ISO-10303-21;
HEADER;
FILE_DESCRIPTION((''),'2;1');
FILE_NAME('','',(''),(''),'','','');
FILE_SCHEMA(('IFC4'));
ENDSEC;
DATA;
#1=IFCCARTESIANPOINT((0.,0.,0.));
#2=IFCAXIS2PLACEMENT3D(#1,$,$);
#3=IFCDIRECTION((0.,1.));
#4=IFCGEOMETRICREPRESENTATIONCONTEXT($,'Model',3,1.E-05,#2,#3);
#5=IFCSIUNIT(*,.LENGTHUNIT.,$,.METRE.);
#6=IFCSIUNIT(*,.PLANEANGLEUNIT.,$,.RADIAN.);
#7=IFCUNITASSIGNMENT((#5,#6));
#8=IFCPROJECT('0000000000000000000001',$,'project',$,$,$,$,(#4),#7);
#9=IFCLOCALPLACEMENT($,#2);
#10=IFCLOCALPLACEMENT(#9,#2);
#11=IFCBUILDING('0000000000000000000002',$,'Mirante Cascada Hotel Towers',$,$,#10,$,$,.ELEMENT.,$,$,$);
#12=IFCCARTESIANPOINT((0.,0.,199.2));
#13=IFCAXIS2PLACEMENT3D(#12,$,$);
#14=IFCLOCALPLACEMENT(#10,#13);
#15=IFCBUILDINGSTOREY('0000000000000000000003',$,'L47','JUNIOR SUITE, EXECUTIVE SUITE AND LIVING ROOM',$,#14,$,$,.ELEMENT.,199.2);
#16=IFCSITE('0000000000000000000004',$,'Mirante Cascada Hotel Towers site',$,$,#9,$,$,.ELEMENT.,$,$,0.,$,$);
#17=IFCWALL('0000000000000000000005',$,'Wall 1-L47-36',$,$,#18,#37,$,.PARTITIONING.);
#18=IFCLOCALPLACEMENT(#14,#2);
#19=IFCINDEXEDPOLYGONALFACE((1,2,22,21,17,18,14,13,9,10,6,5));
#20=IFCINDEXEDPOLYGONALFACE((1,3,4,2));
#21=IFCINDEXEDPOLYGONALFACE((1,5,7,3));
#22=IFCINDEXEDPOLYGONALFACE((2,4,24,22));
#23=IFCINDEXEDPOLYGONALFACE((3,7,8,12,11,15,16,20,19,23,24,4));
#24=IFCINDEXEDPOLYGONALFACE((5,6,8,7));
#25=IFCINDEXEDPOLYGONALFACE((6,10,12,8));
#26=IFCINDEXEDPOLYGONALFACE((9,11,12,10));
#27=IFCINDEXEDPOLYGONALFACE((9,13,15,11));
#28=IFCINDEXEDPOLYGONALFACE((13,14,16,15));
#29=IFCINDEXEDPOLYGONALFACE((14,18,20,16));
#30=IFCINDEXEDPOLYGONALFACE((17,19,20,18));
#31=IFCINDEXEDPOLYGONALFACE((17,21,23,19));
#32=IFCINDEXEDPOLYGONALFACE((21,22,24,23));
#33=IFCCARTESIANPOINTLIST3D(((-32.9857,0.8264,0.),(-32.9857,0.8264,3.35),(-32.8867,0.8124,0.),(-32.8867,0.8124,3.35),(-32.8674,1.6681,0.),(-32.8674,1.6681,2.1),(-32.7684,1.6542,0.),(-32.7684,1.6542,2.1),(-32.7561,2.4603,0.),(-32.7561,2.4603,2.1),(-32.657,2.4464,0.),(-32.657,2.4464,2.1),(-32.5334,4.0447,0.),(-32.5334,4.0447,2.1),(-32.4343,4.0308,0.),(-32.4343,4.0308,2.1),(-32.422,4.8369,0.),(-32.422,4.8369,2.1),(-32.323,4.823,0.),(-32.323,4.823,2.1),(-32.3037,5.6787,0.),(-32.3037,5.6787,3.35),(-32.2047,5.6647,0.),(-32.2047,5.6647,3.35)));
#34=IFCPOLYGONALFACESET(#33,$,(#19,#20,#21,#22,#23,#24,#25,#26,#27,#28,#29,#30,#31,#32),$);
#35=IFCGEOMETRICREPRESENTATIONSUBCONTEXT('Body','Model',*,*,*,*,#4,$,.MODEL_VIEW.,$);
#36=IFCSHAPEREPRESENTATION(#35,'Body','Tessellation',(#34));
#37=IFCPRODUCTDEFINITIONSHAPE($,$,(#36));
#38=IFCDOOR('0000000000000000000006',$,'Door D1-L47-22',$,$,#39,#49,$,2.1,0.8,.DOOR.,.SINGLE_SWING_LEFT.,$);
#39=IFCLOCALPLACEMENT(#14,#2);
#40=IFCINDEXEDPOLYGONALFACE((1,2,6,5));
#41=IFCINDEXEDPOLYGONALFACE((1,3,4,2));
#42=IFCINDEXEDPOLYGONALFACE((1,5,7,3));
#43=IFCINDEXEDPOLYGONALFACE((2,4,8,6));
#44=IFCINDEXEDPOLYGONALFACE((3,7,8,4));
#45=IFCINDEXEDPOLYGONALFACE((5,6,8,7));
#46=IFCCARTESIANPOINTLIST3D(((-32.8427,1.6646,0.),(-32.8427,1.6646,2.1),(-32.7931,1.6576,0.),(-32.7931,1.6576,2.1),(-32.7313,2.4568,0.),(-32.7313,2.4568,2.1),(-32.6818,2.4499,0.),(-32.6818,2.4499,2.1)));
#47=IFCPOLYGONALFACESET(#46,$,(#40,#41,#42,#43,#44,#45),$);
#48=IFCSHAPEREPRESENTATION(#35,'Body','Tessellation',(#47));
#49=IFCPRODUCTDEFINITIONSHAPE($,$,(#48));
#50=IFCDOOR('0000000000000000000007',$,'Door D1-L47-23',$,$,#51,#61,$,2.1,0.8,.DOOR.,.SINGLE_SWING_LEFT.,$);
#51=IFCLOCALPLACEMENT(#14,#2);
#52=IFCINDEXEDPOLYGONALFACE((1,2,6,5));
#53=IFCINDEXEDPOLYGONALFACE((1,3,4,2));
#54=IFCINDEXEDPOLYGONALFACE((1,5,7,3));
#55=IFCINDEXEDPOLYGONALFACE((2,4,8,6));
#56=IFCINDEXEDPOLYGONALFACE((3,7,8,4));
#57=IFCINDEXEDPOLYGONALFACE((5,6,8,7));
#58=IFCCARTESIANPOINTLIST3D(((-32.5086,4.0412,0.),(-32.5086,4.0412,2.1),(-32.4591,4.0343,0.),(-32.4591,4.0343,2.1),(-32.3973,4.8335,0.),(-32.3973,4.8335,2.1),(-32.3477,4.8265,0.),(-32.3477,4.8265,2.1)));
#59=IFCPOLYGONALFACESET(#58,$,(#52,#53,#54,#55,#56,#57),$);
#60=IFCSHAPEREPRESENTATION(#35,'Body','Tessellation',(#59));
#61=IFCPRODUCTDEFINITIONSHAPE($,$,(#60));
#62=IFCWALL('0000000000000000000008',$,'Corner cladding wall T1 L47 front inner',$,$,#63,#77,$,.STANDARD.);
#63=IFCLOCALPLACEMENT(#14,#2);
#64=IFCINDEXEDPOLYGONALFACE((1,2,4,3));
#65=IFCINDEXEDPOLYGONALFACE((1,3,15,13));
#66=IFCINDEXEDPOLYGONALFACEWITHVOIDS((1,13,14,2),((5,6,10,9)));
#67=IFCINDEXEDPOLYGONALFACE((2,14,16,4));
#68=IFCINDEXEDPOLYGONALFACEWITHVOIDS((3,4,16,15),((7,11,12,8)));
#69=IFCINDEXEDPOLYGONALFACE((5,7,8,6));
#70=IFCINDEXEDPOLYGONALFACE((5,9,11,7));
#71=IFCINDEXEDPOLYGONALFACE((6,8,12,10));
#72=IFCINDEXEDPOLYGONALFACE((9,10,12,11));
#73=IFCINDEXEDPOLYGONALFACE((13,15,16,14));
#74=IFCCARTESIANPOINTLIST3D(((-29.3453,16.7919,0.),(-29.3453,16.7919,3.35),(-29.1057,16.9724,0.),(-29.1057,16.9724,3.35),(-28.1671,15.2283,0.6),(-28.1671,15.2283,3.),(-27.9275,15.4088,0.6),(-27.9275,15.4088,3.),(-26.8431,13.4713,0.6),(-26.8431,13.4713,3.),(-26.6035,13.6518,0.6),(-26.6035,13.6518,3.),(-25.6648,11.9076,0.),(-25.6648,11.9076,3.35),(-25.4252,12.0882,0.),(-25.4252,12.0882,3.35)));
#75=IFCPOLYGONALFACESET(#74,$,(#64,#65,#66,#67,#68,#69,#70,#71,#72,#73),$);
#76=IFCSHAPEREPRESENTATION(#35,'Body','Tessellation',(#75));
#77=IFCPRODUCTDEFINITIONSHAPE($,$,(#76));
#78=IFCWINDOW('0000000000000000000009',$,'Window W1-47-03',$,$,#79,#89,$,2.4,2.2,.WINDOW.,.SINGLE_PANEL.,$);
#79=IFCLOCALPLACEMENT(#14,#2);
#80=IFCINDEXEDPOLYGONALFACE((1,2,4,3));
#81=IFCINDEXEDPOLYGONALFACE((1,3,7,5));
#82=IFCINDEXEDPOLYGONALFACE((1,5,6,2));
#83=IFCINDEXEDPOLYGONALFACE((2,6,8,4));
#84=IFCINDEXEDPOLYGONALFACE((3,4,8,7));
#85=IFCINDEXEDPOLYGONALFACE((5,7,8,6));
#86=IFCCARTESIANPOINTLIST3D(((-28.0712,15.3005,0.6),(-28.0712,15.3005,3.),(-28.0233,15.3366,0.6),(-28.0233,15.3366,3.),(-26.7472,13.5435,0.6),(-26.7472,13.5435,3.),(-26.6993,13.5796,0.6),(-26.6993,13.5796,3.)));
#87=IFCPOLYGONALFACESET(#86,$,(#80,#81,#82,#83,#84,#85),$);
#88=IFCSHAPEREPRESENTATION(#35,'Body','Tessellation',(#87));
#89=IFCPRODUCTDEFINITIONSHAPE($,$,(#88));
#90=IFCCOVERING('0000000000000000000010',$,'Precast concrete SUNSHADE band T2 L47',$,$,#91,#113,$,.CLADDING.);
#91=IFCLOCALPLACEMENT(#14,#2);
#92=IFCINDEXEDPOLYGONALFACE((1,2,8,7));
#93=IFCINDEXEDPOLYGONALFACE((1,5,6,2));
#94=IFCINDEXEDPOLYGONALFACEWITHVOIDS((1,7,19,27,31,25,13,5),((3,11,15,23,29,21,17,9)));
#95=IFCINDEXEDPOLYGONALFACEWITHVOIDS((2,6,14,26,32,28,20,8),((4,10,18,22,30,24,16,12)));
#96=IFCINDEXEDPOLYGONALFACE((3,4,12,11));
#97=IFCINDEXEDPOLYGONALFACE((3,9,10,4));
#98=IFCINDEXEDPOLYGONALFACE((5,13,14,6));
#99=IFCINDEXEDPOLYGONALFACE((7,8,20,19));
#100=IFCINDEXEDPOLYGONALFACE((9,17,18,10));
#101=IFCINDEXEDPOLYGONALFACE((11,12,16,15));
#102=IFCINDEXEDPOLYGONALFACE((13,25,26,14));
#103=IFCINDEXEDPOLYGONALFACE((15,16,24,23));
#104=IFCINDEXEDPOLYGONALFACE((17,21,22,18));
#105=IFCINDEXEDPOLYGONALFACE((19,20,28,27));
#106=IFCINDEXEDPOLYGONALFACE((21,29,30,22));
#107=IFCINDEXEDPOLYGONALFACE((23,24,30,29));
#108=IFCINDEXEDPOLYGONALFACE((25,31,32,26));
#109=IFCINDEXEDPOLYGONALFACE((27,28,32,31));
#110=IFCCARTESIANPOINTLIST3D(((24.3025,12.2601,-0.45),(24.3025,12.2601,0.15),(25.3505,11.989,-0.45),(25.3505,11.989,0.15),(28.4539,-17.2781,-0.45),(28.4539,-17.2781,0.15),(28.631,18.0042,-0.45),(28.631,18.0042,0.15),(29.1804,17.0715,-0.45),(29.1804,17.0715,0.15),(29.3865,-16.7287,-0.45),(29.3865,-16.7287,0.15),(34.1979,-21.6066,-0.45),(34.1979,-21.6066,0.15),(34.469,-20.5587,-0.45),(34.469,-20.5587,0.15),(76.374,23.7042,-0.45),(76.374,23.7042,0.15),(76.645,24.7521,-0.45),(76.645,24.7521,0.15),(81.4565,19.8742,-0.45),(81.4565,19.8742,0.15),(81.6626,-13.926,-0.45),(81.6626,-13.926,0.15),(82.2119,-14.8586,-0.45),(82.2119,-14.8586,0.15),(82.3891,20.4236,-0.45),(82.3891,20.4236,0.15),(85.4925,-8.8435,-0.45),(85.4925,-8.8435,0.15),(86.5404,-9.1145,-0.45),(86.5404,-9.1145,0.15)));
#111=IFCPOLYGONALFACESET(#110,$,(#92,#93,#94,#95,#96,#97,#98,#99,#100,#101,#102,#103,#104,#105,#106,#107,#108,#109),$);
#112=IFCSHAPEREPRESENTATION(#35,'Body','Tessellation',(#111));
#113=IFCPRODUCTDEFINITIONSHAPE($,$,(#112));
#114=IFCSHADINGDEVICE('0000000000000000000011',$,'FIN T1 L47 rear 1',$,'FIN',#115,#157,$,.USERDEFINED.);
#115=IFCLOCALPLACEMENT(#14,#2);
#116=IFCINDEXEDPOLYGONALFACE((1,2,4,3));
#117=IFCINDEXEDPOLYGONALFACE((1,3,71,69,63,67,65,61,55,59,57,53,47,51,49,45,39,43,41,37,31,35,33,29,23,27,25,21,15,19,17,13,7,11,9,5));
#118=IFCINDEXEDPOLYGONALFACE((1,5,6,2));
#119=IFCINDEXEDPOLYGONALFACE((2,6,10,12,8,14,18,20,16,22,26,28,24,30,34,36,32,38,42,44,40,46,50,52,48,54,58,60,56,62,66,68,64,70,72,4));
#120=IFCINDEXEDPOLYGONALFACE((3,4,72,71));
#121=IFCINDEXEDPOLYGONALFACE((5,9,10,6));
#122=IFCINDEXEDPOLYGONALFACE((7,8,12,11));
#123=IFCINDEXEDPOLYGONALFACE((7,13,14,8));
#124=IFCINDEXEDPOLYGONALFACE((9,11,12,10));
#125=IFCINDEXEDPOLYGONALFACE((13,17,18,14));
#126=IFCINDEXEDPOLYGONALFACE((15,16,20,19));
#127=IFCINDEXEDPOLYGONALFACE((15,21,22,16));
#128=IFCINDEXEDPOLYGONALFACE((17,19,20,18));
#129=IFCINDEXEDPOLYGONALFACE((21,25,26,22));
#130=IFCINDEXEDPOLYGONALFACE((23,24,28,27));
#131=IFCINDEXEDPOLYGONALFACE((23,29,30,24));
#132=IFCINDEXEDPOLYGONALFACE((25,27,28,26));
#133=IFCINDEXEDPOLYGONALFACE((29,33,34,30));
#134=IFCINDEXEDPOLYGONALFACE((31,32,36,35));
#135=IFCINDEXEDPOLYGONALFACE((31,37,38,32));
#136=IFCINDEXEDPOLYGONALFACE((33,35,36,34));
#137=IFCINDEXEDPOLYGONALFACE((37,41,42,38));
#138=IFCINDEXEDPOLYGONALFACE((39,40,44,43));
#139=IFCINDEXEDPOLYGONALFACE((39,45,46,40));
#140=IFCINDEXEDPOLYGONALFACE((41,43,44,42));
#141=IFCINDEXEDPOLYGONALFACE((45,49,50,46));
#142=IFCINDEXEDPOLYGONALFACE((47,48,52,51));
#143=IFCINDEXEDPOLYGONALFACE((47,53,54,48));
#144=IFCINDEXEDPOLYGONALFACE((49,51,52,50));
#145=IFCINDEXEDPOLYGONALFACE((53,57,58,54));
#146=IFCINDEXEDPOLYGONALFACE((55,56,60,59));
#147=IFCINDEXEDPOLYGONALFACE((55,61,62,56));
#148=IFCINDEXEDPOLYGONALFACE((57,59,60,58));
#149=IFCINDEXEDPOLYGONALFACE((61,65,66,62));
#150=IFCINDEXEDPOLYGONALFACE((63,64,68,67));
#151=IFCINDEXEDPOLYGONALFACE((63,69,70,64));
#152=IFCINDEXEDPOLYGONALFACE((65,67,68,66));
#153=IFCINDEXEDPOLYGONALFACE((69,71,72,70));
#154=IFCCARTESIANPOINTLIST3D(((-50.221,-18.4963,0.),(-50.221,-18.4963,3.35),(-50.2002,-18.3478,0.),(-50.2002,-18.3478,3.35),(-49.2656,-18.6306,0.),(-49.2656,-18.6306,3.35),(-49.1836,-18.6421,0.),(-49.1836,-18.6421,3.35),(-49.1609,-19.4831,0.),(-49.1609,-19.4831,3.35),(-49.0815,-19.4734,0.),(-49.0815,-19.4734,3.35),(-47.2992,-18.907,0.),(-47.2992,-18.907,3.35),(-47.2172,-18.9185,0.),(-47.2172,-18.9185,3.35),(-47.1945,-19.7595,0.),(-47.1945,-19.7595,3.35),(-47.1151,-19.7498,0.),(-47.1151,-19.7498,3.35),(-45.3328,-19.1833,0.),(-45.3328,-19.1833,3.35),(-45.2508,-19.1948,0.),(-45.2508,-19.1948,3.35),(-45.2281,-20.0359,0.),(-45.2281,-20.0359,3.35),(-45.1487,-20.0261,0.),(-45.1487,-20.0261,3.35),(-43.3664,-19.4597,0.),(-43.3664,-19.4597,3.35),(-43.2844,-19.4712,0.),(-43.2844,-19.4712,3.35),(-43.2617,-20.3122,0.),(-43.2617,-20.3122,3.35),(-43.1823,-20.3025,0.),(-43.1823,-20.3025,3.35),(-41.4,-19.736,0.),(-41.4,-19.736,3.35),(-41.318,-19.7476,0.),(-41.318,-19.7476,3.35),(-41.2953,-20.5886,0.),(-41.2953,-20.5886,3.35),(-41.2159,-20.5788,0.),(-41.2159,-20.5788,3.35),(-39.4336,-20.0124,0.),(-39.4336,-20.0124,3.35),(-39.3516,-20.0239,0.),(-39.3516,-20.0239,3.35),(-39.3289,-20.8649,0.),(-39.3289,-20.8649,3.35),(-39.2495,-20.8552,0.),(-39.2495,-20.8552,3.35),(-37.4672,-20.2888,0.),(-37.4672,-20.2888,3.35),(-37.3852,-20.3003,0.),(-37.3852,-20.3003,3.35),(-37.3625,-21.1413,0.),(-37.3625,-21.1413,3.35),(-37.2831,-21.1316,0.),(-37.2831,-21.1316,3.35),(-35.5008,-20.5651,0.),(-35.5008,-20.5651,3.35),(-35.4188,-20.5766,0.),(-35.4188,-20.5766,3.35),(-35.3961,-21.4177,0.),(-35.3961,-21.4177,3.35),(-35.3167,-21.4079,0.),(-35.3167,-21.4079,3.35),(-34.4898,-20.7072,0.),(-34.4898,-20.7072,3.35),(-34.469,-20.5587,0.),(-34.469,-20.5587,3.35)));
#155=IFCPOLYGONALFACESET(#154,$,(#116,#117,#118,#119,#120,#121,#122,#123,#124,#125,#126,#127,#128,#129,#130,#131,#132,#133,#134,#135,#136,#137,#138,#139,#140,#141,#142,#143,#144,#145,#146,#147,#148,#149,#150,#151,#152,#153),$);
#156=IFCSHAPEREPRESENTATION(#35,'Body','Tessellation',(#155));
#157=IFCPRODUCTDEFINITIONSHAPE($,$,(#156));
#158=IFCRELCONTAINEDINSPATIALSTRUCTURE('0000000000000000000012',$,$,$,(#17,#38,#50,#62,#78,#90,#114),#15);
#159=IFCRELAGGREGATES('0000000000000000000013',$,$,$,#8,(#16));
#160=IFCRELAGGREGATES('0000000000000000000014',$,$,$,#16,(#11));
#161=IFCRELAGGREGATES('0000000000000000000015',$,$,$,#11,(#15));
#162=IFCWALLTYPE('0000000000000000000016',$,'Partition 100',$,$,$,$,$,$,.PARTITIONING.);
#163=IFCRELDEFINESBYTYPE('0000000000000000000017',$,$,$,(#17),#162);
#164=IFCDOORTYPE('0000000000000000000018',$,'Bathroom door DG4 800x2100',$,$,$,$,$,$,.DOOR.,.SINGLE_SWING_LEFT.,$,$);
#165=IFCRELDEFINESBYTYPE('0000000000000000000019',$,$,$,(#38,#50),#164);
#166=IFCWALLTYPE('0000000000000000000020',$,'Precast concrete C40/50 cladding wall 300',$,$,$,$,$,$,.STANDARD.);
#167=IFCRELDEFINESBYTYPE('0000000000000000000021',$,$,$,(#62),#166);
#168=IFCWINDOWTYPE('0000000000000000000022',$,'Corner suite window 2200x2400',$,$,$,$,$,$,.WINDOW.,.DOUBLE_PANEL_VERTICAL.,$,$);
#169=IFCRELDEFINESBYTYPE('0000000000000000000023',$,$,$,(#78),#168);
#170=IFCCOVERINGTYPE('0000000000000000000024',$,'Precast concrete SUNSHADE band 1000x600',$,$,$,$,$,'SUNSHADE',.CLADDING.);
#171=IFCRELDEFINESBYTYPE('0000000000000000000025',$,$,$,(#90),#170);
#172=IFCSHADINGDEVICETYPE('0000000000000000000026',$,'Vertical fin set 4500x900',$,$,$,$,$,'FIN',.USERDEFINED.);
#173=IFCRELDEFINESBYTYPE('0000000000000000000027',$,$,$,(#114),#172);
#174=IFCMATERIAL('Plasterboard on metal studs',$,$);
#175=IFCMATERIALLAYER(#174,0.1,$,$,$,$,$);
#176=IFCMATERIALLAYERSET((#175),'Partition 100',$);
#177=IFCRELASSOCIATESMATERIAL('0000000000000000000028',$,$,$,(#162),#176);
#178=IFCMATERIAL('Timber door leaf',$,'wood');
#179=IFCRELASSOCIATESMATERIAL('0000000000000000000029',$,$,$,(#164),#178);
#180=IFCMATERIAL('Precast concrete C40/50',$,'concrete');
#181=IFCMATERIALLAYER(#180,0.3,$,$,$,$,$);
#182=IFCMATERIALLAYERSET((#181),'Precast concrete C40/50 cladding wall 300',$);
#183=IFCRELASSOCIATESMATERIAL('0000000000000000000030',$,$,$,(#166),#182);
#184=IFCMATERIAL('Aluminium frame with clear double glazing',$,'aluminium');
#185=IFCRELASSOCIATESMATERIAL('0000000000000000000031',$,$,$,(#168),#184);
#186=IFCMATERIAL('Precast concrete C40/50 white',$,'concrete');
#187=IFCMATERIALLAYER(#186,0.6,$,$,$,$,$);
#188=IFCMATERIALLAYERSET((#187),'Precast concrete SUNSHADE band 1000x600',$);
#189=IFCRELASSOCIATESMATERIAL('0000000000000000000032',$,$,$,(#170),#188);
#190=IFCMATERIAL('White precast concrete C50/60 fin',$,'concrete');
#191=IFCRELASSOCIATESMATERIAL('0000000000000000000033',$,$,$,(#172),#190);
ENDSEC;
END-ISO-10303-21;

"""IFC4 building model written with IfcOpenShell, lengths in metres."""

from ifc_helpers import new_model, si_unit, direction, frame, frame_2d, origin, place, context, subcontext, project, spatial, polyline, rectangle, outline, extrude, material, layer, layer_set, type_object, element, fill, save


model = new_model("IFC4")

# Units and contexts
model_context = context("Model", 3, precision=1e-05, world=origin(), true_north=direction((0.0, 1.0)))
body_context = subcontext(model_context, "Body", "Model", "MODEL_VIEW")
ifc_project = project(units=[si_unit("LENGTHUNIT", "METRE"), si_unit("PLANEANGLEUNIT", "RADIAN")], contexts=[model_context])

# Site, building, storey
site_placement = place(None, origin())
site = spatial("IfcSite", under=ifc_project, at=site_placement, Name="Mirante Cascada Hotel Towers site", CompositionType="ELEMENT", RefElevation=0.0)
building_placement = place(site_placement, origin())
building = spatial("IfcBuilding", under=site, at=building_placement, Name="Mirante Cascada Hotel Towers", CompositionType="ELEMENT")
storey_placement = place(building_placement, frame((0.0, 0.0, 199.2)))
storey = spatial("IfcBuildingStorey", under=building, at=storey_placement, Name="L47", Description="JUNIOR SUITE, EXECUTIVE SUITE AND LIVING ROOM", CompositionType="ELEMENT", Elevation=199.2)

# Shared definitions
ifc_material_1 = material(Name="Plasterboard on metal studs")
ifc_layer_1 = layer(ifc_material_1, 0.1)
ifc_layer_set_1 = layer_set([ifc_layer_1], Name="Partition 100")
wall_type_1 = type_object("IfcWallType", Name="Partition 100", PredefinedType="PARTITIONING", material=ifc_layer_set_1)

# Shared definitions
ifc_material_2 = material(Name="Timber door leaf", Category="wood")
door_type_1 = type_object("IfcDoorType", Name="Bathroom door DG4 800x2100", OperationType="SINGLE_SWING_LEFT", PredefinedType="DOOR", material=ifc_material_2)

# Wall, openings, doors
wall_1_placement = place(storey_placement, frame((-32.9362, 0.8194, 0.0), z_axis=(0.0, 0.0, 1.0), x_axis=(0.139184, 0.990267, 0.0)))
wall_1 = element("IfcWall", 1, at=wall_1_placement, inside=storey, type_object=wall_type_1, Name="Wall 1-L47-36", PredefinedType="PARTITIONING", context=body_context, shape_type="SweptSolid", body=[
    extrude(rectangle(XDim=4.9, YDim=0.1, at=frame_2d((2.45, 0.0))), origin(), (0.0, 0.0, 1.0), 3.35),
])
opening_1_placement = place(wall_1_placement, frame((0.85, 0.0, 0.0)))
opening_1 = element("IfcOpeningElement", 2, at=opening_1_placement, cuts=wall_1, PredefinedType="OPENING", context=body_context, shape_type="SweptSolid", body=[
    extrude(rectangle(XDim=0.8, YDim=2.1, at=frame_2d((0.4, 1.05))), frame((0.0, 0.05, 0.0), z_axis=(0.0, -1.0, 0.0), x_axis=(1.0, 0.0, 0.0)), (0.0, 0.0, 1.0), 0.1),
])
opening_2_placement = place(wall_1_placement, frame((3.25, 0.0, 0.0)))
opening_2 = element("IfcOpeningElement", 3, at=opening_2_placement, cuts=wall_1, PredefinedType="OPENING", context=body_context, shape_type="SweptSolid", body=[
    extrude(rectangle(XDim=0.8, YDim=2.1, at=frame_2d((0.4, 1.05))), frame((0.0, 0.05, 0.0), z_axis=(0.0, -1.0, 0.0), x_axis=(1.0, 0.0, 0.0)), (0.0, 0.0, 1.0), 0.1),
])
door_1_placement = place(opening_1_placement, origin())
door_1 = element("IfcDoor", 4, at=door_1_placement, inside=storey, type_object=door_type_1, Name="Door D1-L47-22", OperationType="SINGLE_SWING_LEFT", OverallHeight=2.1, OverallWidth=0.8, PredefinedType="DOOR", context=body_context, shape_type="SweptSolid", body=[
    extrude(rectangle(XDim=0.8, YDim=2.1, at=frame_2d((0.4, 1.05))), frame((0.0, 0.025, 0.0), z_axis=(0.0, -1.0, 0.0), x_axis=(1.0, 0.0, 0.0)), (0.0, 0.0, 1.0), 0.05),
])
fill(opening_1, door_1)
door_2_placement = place(opening_2_placement, origin())
door_2 = element("IfcDoor", 5, at=door_2_placement, inside=storey, type_object=door_type_1, Name="Door D1-L47-23", OperationType="SINGLE_SWING_LEFT", OverallHeight=2.1, OverallWidth=0.8, PredefinedType="DOOR", context=body_context, shape_type="SweptSolid", body=[
    extrude(rectangle(XDim=0.8, YDim=2.1, at=frame_2d((0.4, 1.05))), frame((0.0, 0.025, 0.0), z_axis=(0.0, -1.0, 0.0), x_axis=(1.0, 0.0, 0.0)), (0.0, 0.0, 1.0), 0.05),
])
fill(opening_2, door_2)

# Wall, opening, window
ifc_material_3 = material(Name="Precast concrete C40/50", Category="concrete")
ifc_layer_2 = layer(ifc_material_3, 0.3)
ifc_layer_set_2 = layer_set([ifc_layer_2], Name="Precast concrete C40/50 cladding wall 300")
wall_type_2 = type_object("IfcWallType", Name="Precast concrete C40/50 cladding wall 300", PredefinedType="STANDARD", material=ifc_layer_set_2)
wall_2_placement = place(storey_placement, frame((-29.2255, 16.8821, 0.0), z_axis=(0.0, 0.0, 1.0), x_axis=(0.601814, -0.798636, 0.0)))
wall_2 = element("IfcWall", 6, at=wall_2_placement, inside=storey, type_object=wall_type_2, Name="Corner cladding wall T1 L47 front inner", PredefinedType="STANDARD", context=body_context, shape_type="SweptSolid", body=[
    extrude(rectangle(XDim=6.1157, YDim=0.3, at=frame_2d((3.0578, 0.0))), origin(), (0.0, 0.0, 1.0), 3.35),
])
opening_3_placement = place(wall_2_placement, frame((1.9578, 0.0, 0.6)))
opening_3 = element("IfcOpeningElement", 7, at=opening_3_placement, cuts=wall_2, PredefinedType="OPENING", context=body_context, shape_type="SweptSolid", body=[
    extrude(rectangle(XDim=2.2, YDim=2.4, at=frame_2d((1.1, 1.2))), frame((0.0, 0.15, 0.0), z_axis=(0.0, -1.0, 0.0), x_axis=(1.0, 0.0, 0.0)), (0.0, 0.0, 1.0), 0.3),
])
ifc_material_4 = material(Name="Aluminium frame with clear double glazing", Category="aluminium")
window_type = type_object("IfcWindowType", Name="Corner suite window 2200x2400", PartitioningType="DOUBLE_PANEL_VERTICAL", PredefinedType="WINDOW", material=ifc_material_4)
window_placement = place(opening_3_placement, origin())
window = element("IfcWindow", 8, at=window_placement, inside=storey, type_object=window_type, Name="Window W1-47-03", OverallHeight=2.4, OverallWidth=2.2, PartitioningType="SINGLE_PANEL", PredefinedType="WINDOW", context=body_context, shape_type="SweptSolid", body=[
    extrude(rectangle(XDim=2.2, YDim=2.4, at=frame_2d((1.1, 1.2))), frame((0.0, 0.03, 0.0), z_axis=(0.0, -1.0, 0.0), x_axis=(1.0, 0.0, 0.0)), (0.0, 0.0, 1.0), 0.06),
])
fill(opening_3, window)

# Covering
ifc_material_5 = material(Name="Precast concrete C40/50 white", Category="concrete")
ifc_layer_3 = layer(ifc_material_5, 0.6)
ifc_layer_set_3 = layer_set([ifc_layer_3], Name="Precast concrete SUNSHADE band 1000x600")
covering_type = type_object("IfcCoveringType", Name="Precast concrete SUNSHADE band 1000x600", ElementType="SUNSHADE", PredefinedType="CLADDING", material=ifc_layer_set_3)
covering_placement = place(storey_placement, frame((0.0, 0.0, -0.45)))
element("IfcCovering", 9, at=covering_placement, inside=storey, type_object=covering_type, Name="Precast concrete SUNSHADE band T2 L47", PredefinedType="CLADDING", context=body_context, shape_type="SweptSolid", body=[
    extrude(outline(polyline([(24.3025, 12.2601), (28.631, 18.0042), (76.645, 24.7521), (82.3891, 20.4236), (86.5404, -9.1145), (82.2119, -14.8586), (34.1979, -21.6066), (28.4539, -17.2781), (24.3025, 12.2601)]), holes=[polyline([(85.4925, -8.8435), (81.4565, 19.8742), (76.374, 23.7042), (29.1804, 17.0715), (25.3505, 11.989), (29.3865, -16.7287), (34.469, -20.5587), (81.6626, -13.926), (85.4925, -8.8435)])]), origin(), (0.0, 0.0, 1.0), 0.6),
])

# Shading device
ifc_material_6 = material(Name="White precast concrete C50/60 fin", Category="concrete")
shading_device_type = type_object("IfcShadingDeviceType", Name="Vertical fin set 4500x900", ElementType="FIN", PredefinedType="USERDEFINED", material=ifc_material_6)
shading_device_1_placement = place(storey_placement, origin())
element("IfcShadingDevice", 10, at=shading_device_1_placement, inside=storey, type_object=shading_device_type, Name="FIN T1 L47 rear 1", ObjectType="FIN", PredefinedType="USERDEFINED", context=body_context, shape_type="SweptSolid", body=[
    extrude(outline(polyline([(-35.5008, -20.5651), (-37.3852, -20.3003), (-37.2831, -21.1316), (-37.3625, -21.1413), (-37.4672, -20.2888), (-39.3516, -20.0239), (-39.2495, -20.8552), (-39.3289, -20.8649), (-39.4336, -20.0124), (-41.318, -19.7476), (-41.2159, -20.5788), (-41.2953, -20.5886), (-41.4, -19.736), (-43.2844, -19.4712), (-43.1823, -20.3025), (-43.2617, -20.3122), (-43.3664, -19.4597), (-45.2508, -19.1948), (-45.1487, -20.0261), (-45.2281, -20.0359), (-45.3328, -19.1833), (-47.2172, -18.9185), (-47.1151, -19.7498), (-47.1945, -19.7595), (-47.2992, -18.907), (-49.1836, -18.6421), (-49.0815, -19.4734), (-49.1609, -19.4831), (-49.2656, -18.6306), (-50.221, -18.4963), (-50.2002, -18.3478), (-34.469, -20.5587), (-34.4898, -20.7072), (-35.4188, -20.5766), (-35.3167, -21.4079), (-35.3961, -21.4177), (-35.5008, -20.5651)])), origin(), (0.0, 0.0, 1.0), 3.35),
])

save(model, "model.ifc")
